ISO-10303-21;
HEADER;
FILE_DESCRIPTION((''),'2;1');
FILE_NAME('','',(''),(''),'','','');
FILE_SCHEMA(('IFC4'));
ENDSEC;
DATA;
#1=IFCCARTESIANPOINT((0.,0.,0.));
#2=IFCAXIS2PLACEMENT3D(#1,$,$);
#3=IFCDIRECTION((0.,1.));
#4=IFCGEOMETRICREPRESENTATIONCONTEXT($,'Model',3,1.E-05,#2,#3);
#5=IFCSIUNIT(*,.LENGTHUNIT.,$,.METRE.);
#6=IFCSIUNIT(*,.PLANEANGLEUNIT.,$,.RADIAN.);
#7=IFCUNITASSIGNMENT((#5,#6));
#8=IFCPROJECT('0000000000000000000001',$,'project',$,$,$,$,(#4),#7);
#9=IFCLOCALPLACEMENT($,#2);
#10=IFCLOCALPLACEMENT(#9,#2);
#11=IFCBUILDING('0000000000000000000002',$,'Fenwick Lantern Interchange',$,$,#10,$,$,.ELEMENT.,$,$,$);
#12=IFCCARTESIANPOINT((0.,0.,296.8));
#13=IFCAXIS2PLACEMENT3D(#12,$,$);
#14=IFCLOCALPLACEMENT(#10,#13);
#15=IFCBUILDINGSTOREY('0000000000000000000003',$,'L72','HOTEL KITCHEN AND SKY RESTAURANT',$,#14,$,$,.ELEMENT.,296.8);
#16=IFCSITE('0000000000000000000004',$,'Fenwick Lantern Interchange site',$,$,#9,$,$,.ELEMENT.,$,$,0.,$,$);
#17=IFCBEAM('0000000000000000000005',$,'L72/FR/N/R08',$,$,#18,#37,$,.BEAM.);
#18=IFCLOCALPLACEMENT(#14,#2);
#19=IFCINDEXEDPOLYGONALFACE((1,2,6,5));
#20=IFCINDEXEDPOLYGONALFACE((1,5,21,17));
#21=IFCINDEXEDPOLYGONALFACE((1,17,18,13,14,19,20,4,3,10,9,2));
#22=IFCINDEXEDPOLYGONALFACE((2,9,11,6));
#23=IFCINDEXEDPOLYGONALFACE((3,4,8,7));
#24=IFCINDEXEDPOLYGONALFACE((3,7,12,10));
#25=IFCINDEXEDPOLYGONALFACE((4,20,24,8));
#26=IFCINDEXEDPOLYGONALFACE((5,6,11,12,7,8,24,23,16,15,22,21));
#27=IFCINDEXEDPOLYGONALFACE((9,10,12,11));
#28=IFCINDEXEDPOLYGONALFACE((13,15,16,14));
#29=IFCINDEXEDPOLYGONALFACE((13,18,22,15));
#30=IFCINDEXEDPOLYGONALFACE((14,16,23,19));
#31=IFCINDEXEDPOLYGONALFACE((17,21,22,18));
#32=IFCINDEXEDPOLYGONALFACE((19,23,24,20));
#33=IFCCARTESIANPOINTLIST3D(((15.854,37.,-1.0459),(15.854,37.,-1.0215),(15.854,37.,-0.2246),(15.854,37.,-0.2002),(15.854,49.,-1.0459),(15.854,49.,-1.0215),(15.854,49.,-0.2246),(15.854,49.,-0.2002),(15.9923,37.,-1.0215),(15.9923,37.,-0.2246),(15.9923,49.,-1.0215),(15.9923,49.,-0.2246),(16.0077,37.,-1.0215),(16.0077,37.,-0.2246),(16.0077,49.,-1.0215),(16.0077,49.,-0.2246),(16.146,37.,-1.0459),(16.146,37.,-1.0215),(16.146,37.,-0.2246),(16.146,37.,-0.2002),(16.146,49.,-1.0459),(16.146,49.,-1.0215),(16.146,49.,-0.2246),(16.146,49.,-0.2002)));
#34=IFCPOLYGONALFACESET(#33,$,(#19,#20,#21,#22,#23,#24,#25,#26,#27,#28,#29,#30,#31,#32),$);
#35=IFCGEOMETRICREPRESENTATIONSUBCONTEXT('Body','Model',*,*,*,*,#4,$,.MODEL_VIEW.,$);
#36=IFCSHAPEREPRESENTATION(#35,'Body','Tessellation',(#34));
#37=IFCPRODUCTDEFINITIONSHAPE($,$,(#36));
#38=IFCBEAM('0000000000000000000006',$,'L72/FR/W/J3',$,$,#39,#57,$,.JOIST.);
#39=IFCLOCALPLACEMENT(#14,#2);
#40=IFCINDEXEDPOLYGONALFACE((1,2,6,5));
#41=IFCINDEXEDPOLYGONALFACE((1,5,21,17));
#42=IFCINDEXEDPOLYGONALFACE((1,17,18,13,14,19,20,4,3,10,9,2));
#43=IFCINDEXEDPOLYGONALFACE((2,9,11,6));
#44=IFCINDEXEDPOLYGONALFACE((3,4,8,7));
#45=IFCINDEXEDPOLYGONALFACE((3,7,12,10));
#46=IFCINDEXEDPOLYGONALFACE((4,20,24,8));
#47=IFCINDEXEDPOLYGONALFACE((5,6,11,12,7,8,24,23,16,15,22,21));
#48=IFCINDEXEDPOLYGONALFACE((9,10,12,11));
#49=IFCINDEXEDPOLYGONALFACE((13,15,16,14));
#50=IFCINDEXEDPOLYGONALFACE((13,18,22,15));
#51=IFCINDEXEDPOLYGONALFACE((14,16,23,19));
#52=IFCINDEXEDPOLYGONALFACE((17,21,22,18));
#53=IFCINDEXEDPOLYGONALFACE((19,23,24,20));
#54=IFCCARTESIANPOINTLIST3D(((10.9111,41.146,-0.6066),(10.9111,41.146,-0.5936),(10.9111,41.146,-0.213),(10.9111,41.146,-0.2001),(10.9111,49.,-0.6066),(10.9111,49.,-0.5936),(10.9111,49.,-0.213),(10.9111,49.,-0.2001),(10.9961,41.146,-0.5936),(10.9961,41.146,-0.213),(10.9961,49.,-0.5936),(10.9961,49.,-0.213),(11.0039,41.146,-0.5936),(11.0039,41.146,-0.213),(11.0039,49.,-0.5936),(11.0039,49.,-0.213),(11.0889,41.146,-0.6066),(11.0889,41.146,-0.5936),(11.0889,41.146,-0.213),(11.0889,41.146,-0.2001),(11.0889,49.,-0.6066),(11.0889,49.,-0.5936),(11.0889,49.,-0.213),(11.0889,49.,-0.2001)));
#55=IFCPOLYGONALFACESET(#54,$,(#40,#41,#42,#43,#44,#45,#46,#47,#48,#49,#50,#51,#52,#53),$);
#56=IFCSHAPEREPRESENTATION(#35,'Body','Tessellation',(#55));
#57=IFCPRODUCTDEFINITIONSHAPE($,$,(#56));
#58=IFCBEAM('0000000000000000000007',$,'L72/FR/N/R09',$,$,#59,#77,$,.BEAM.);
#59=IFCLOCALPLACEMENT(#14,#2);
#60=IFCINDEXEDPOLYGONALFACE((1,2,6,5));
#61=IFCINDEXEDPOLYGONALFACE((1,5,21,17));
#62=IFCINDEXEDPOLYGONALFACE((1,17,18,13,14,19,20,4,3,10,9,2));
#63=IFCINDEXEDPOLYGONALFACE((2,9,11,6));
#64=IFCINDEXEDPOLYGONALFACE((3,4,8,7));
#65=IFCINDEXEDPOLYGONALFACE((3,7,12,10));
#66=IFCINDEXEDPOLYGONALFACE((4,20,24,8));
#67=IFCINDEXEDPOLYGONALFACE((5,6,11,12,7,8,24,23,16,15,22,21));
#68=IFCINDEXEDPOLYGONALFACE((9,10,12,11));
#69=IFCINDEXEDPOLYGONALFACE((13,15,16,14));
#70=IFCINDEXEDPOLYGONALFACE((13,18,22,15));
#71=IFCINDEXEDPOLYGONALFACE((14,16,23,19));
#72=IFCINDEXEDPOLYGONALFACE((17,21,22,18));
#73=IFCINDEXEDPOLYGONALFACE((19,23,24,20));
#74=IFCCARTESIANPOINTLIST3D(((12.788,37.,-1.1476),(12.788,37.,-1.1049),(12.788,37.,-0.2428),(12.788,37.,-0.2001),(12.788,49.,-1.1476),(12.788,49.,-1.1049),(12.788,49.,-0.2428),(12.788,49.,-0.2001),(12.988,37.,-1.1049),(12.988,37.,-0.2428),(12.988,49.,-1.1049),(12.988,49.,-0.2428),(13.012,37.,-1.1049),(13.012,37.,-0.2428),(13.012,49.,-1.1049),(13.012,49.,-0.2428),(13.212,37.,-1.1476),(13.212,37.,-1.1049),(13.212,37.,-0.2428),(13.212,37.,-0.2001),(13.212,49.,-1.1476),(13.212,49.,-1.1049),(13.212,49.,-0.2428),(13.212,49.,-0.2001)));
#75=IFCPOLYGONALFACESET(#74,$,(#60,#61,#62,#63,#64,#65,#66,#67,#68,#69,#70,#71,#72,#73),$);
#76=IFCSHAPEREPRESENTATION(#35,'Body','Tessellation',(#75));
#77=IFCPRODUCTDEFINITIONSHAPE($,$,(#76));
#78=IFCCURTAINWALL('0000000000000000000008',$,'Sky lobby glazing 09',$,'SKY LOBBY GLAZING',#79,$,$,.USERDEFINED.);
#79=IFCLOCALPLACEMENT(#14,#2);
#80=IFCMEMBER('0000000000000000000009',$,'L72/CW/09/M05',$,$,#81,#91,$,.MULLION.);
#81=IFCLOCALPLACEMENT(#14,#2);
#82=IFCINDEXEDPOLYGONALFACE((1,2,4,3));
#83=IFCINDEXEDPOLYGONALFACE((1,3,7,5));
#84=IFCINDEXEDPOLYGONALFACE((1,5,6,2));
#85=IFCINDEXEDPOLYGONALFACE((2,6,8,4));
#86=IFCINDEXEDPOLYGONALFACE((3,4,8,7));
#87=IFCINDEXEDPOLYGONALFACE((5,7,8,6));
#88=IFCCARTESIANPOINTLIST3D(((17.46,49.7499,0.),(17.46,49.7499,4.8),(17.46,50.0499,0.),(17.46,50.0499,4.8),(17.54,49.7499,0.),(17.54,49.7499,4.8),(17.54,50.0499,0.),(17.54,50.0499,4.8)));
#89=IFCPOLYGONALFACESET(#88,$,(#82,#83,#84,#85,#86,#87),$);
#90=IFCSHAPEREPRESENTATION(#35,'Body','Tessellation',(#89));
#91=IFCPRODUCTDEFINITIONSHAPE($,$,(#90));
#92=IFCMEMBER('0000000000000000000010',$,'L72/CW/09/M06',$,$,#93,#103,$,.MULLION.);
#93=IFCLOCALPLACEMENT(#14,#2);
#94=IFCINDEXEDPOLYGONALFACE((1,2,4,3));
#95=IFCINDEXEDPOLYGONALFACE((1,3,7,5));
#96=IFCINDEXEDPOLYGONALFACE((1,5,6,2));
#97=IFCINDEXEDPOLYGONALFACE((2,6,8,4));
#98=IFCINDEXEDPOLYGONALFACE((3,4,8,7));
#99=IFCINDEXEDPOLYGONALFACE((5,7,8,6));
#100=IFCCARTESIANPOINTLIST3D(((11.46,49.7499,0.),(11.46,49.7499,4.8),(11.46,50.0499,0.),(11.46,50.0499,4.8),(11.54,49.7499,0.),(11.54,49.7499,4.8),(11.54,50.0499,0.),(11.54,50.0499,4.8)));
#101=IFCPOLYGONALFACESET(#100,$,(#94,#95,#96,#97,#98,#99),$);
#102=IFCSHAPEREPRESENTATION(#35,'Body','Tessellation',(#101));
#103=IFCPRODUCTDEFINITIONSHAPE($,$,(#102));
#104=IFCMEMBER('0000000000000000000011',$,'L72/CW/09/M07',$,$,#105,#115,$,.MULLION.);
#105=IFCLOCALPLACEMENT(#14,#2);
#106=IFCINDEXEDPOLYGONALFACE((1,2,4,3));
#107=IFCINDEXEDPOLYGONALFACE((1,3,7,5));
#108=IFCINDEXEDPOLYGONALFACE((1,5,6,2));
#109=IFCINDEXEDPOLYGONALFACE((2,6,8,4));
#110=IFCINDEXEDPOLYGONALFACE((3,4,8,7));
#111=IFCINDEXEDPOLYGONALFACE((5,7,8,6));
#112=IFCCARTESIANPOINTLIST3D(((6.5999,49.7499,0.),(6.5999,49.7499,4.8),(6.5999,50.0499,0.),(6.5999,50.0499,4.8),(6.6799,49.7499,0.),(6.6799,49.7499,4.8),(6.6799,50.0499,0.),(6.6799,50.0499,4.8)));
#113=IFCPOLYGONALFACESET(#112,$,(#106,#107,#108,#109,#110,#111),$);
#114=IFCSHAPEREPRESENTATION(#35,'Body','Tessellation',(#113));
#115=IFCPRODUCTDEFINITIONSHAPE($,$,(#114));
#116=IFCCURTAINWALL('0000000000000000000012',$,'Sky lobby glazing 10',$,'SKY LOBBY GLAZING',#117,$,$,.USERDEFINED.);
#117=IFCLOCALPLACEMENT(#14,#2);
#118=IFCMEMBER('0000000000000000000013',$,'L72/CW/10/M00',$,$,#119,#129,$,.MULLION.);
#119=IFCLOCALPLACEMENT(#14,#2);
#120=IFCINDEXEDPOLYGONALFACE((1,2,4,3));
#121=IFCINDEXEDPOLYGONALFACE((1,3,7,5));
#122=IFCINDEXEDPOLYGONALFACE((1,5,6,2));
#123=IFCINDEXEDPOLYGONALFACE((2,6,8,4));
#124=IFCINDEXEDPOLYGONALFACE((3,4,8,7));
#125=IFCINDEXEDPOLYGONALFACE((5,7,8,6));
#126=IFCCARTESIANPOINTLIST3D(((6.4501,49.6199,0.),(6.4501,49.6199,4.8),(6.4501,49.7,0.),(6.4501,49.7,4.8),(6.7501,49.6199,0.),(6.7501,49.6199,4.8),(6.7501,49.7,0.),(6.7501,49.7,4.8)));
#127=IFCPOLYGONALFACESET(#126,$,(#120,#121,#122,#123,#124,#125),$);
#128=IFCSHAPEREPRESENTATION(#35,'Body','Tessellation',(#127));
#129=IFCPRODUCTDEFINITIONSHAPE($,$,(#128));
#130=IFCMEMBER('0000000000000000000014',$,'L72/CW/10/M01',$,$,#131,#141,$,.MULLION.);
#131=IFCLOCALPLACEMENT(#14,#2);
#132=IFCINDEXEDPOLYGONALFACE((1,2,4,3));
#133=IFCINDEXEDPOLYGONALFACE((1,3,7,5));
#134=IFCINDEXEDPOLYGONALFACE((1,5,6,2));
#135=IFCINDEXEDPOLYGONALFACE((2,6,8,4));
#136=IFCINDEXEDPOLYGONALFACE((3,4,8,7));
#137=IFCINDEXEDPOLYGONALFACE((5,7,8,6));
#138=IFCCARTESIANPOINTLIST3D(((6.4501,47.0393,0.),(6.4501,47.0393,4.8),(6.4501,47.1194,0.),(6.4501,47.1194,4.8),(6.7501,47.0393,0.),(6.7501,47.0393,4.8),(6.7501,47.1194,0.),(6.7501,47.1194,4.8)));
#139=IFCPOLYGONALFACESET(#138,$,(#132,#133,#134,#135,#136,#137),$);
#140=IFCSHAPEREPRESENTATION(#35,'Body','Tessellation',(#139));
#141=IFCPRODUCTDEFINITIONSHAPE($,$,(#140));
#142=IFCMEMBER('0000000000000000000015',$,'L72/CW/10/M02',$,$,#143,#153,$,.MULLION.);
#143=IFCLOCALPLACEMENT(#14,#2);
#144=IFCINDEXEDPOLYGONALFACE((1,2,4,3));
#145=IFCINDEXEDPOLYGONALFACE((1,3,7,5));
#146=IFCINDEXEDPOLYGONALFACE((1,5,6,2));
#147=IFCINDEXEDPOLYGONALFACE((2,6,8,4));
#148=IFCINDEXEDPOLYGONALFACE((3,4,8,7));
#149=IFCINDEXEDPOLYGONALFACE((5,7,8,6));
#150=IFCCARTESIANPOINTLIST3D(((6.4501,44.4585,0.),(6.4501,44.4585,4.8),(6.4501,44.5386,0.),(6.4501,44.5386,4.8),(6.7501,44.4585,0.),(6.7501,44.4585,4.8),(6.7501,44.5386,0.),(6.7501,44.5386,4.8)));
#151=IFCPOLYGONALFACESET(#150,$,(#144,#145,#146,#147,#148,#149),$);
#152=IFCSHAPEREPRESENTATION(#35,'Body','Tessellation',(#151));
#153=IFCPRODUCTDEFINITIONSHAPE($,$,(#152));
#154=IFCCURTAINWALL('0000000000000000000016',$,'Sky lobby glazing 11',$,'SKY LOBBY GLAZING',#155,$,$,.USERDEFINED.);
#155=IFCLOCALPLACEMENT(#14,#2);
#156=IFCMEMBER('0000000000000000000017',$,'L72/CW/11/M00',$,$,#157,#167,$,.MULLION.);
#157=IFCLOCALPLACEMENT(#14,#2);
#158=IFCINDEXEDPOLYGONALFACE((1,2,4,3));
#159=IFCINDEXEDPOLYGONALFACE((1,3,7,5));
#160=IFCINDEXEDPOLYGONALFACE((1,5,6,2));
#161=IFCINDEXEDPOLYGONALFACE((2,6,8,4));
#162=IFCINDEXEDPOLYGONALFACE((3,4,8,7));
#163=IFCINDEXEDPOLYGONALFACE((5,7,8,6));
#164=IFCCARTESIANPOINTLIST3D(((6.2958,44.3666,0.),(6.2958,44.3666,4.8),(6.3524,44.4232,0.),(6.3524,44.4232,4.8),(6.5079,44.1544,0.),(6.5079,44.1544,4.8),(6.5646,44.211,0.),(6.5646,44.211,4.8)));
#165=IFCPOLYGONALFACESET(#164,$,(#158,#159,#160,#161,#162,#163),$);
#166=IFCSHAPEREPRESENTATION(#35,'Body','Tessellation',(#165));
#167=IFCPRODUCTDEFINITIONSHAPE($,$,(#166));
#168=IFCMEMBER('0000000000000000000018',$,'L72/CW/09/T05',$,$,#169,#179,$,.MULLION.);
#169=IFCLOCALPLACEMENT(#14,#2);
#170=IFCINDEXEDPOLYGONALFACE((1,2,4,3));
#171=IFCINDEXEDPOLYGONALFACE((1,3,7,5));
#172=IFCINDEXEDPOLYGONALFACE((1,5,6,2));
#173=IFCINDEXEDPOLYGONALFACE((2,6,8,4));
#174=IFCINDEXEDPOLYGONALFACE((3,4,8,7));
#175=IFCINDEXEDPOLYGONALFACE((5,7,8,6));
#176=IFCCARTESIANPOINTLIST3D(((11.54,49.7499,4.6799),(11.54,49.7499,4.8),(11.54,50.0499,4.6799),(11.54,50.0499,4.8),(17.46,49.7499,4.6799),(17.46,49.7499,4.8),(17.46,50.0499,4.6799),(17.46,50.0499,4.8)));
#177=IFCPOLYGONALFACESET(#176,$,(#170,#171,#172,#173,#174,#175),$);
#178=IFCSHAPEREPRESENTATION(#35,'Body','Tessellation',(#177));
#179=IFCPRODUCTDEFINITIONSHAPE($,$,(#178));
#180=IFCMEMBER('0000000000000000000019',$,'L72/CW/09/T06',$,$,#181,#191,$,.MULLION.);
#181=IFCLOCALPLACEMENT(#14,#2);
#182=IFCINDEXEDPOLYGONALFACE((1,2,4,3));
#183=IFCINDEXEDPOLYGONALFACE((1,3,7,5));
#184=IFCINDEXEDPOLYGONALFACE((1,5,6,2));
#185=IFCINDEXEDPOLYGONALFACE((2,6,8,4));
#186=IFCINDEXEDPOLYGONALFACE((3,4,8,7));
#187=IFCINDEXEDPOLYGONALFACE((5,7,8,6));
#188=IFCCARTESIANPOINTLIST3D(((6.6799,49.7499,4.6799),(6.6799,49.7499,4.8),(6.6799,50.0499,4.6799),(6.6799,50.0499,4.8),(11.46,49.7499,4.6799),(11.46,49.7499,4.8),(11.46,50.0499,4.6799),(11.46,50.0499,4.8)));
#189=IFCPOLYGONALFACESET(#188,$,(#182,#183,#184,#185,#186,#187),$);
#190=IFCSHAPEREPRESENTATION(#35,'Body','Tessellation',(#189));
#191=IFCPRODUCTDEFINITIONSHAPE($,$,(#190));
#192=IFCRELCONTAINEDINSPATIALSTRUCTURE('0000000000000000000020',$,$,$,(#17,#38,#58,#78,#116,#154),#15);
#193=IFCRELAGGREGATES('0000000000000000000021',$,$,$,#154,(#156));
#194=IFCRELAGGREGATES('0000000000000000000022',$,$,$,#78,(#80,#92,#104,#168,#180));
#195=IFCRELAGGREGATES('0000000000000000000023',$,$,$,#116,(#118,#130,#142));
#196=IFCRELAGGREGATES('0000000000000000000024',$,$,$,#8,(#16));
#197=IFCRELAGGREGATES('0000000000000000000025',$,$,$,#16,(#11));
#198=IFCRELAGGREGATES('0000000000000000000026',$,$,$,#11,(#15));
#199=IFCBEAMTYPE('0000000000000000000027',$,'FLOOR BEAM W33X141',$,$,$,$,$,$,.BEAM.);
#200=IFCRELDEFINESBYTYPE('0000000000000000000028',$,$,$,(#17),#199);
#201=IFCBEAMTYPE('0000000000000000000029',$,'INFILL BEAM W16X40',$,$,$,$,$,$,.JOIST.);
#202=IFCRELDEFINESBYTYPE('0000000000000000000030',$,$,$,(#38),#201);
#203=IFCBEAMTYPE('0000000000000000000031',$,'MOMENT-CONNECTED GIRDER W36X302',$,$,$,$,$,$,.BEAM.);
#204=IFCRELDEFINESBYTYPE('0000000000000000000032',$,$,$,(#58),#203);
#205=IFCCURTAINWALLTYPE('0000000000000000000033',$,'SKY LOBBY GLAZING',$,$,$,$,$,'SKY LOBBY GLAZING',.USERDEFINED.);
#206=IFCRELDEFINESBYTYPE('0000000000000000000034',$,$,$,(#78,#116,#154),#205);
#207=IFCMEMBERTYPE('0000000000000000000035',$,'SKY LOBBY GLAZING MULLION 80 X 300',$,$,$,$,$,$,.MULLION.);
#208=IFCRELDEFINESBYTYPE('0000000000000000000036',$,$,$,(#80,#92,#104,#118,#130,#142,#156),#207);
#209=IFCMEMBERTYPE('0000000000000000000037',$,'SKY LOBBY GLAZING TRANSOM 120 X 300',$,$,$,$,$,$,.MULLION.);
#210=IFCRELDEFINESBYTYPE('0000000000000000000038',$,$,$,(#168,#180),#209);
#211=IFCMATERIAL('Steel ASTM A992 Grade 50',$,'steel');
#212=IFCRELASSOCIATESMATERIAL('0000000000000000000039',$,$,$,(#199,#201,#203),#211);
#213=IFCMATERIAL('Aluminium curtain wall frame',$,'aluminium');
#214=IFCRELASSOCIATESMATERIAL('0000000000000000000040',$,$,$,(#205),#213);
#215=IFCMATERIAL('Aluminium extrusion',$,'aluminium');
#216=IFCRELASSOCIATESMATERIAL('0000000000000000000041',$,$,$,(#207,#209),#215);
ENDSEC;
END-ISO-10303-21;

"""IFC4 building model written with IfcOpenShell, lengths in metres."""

from ifc_helpers import new_model, si_unit, direction, frame, origin, origin_2d, place, context, subcontext, project, spatial, rectangle, i_section, extrude, material, material_profile, profile_set, type_object, element, aggregate, save


model = new_model("IFC4")

# Units and contexts
model_context = context("Model", 3, precision=1e-05, world=origin(), true_north=direction((0.0, 1.0)))
body_context = subcontext(model_context, "Body", "Model", "MODEL_VIEW")
ifc_project = project(units=[si_unit("LENGTHUNIT", "METRE"), si_unit("PLANEANGLEUNIT", "RADIAN")], contexts=[model_context])

# Site, building, storey
site_placement = place(None, origin())
site = spatial("IfcSite", under=ifc_project, at=site_placement, Name="Fenwick Lantern Interchange site", CompositionType="ELEMENT", RefElevation=0.0)
building_placement = place(site_placement, origin())
building = spatial("IfcBuilding", under=site, at=building_placement, Name="Fenwick Lantern Interchange", CompositionType="ELEMENT")
storey_placement = place(building_placement, frame((0.0, 0.0, 296.8)))
storey = spatial("IfcBuildingStorey", under=building, at=storey_placement, Name="L72", Description="HOTEL KITCHEN AND SKY RESTAURANT", CompositionType="ELEMENT", Elevation=296.8)

# Shared definitions
ifc_material_1 = material(Name="Steel ASTM A992 Grade 50", Category="steel")

# Beams
ifc_material_profile_1 = material_profile(ifc_material_1, i_section(OverallWidth=0.292, OverallDepth=0.8457, WebThickness=0.0154, FlangeThickness=0.0244, at=origin_2d()), Name="W33X141")
ifc_profile_set_1 = profile_set([ifc_material_profile_1], Name="Steel ASTM A992 Grade 50")
beam_type_1 = type_object("IfcBeamType", Name="FLOOR BEAM W33X141", PredefinedType="BEAM", material=ifc_profile_set_1)
for number, where, z_axis, x_axis, name in (
    (1, (16.0, 49.0, -0.623), (0.0, -1.0, 0.0), (1.0, 0.0, 0.0), "L72/FR/N/R08"),
):
    element("IfcBeam", number, at=place(storey_placement, frame(where, z_axis=z_axis, x_axis=x_axis)), inside=storey, type_object=beam_type_1, Name=name, PredefinedType="BEAM", context=body_context, shape_type="SweptSolid", body=[
        extrude(i_section(OverallWidth=0.292, OverallDepth=0.8457, WebThickness=0.0154, FlangeThickness=0.0244, at=origin_2d()), origin(), (0.0, 0.0, 1.0), 12.0),
    ])
ifc_material_profile_2 = material_profile(ifc_material_1, i_section(OverallWidth=0.1777, OverallDepth=0.4065, WebThickness=0.0078, FlangeThickness=0.0129, at=origin_2d()), Name="W16X40")
ifc_profile_set_2 = profile_set([ifc_material_profile_2], Name="Steel ASTM A992 Grade 50")
beam_type_2 = type_object("IfcBeamType", Name="INFILL BEAM W16X40", PredefinedType="JOIST", material=ifc_profile_set_2)
beam_1_placement = place(storey_placement, frame((11.0, 49.0, -0.4033), z_axis=(0.0, -1.0, 0.0), x_axis=(1.0, 0.0, 0.0)))
element("IfcBeam", 2, at=beam_1_placement, inside=storey, type_object=beam_type_2, Name="L72/FR/W/J3", PredefinedType="JOIST", context=body_context, shape_type="SweptSolid", body=[
    extrude(i_section(OverallWidth=0.1777, OverallDepth=0.4065, WebThickness=0.0078, FlangeThickness=0.0129, at=origin_2d()), origin(), (0.0, 0.0, 1.0), 7.854),
])
ifc_material_profile_3 = material_profile(ifc_material_1, i_section(OverallWidth=0.4241, OverallDepth=0.9475, WebThickness=0.0239, FlangeThickness=0.0427, at=origin_2d()), Name="W36X302")
ifc_profile_set_3 = profile_set([ifc_material_profile_3], Name="Steel ASTM A992 Grade 50")
beam_type_3 = type_object("IfcBeamType", Name="MOMENT-CONNECTED GIRDER W36X302", PredefinedType="BEAM", material=ifc_profile_set_3)
beam_2_placement = place(storey_placement, frame((13.0, 49.0, -0.6738), z_axis=(0.0, -1.0, 0.0), x_axis=(1.0, 0.0, 0.0)))
element("IfcBeam", 3, at=beam_2_placement, inside=storey, type_object=beam_type_3, Name="L72/FR/N/R09", PredefinedType="BEAM", context=body_context, shape_type="SweptSolid", body=[
    extrude(i_section(OverallWidth=0.4241, OverallDepth=0.9475, WebThickness=0.0239, FlangeThickness=0.0427, at=origin_2d()), origin(), (0.0, 0.0, 1.0), 12.0),
])

# Curtain walls, members
ifc_material_2 = material(Name="Aluminium curtain wall frame", Category="aluminium")
curtain_wall_type = type_object("IfcCurtainWallType", Name="SKY LOBBY GLAZING", ElementType="SKY LOBBY GLAZING", PredefinedType="USERDEFINED", material=ifc_material_2)
curtain_wall_1_placement = place(storey_placement, origin())
curtain_wall_1 = element("IfcCurtainWall", 4, at=curtain_wall_1_placement, inside=storey, type_object=curtain_wall_type, Name="Sky lobby glazing 09", ObjectType="SKY LOBBY GLAZING", PredefinedType="USERDEFINED")
ifc_material_3 = material(Name="Aluminium extrusion", Category="aluminium")
ifc_material_profile_4 = material_profile(ifc_material_3, rectangle(XDim=0.3, YDim=0.0801, at=origin_2d()), Name="SKY LOBBY GLAZING MULLION 80 X 300")
ifc_profile_set_4 = profile_set([ifc_material_profile_4], Name="Aluminium extrusion")
member_type_1 = type_object("IfcMemberType", Name="SKY LOBBY GLAZING MULLION 80 X 300", PredefinedType="MULLION", material=ifc_profile_set_4)
member_1_placement = place(storey_placement, frame((17.5, 49.8999, 0.0), z_axis=(0.0, 0.0, 1.0), x_axis=(0.0, -1.0, 0.0)))
member_1 = element("IfcMember", 5, at=member_1_placement, type_object=member_type_1, Name="L72/CW/09/M05", PredefinedType="MULLION", context=body_context, shape_type="SweptSolid", body=[
    extrude(rectangle(XDim=0.3, YDim=0.0801, at=origin_2d()), origin(), (0.0, 0.0, 1.0), 4.8),
])
member_2_placement = place(storey_placement, frame((11.5, 49.8999, 0.0), z_axis=(0.0, 0.0, 1.0), x_axis=(0.0, -1.0, 0.0)))
member_2 = element("IfcMember", 6, at=member_2_placement, type_object=member_type_1, Name="L72/CW/09/M06", PredefinedType="MULLION", context=body_context, shape_type="SweptSolid", body=[
    extrude(rectangle(XDim=0.3, YDim=0.0801, at=origin_2d()), origin(), (0.0, 0.0, 1.0), 4.8),
])
member_3_placement = place(storey_placement, frame((6.6399, 49.8999, 0.0), z_axis=(0.0, 0.0, 1.0), x_axis=(0.0, -1.0, 0.0)))
member_3 = element("IfcMember", 7, at=member_3_placement, type_object=member_type_1, Name="L72/CW/09/M07", PredefinedType="MULLION", context=body_context, shape_type="SweptSolid", body=[
    extrude(rectangle(XDim=0.3, YDim=0.0801, at=origin_2d()), origin(), (0.0, 0.0, 1.0), 4.8),
])
curtain_wall_2_placement = place(storey_placement, origin())
curtain_wall_2 = element("IfcCurtainWall", 8, at=curtain_wall_2_placement, inside=storey, type_object=curtain_wall_type, Name="Sky lobby glazing 10", ObjectType="SKY LOBBY GLAZING", PredefinedType="USERDEFINED")
member_4_placement = place(storey_placement, frame((6.6001, 49.6599, 0.0), z_axis=(0.0, 0.0, 1.0), x_axis=(1.0, 0.0, 0.0)))
member_4 = element("IfcMember", 9, at=member_4_placement, type_object=member_type_1, Name="L72/CW/10/M00", PredefinedType="MULLION", context=body_context, shape_type="SweptSolid", body=[
    extrude(rectangle(XDim=0.3, YDim=0.0801, at=origin_2d()), origin(), (0.0, 0.0, 1.0), 4.8),
])
member_5_placement = place(storey_placement, frame((6.6001, 47.0793, 0.0), z_axis=(0.0, 0.0, 1.0), x_axis=(1.0, 0.0, 0.0)))
member_5 = element("IfcMember", 10, at=member_5_placement, type_object=member_type_1, Name="L72/CW/10/M01", PredefinedType="MULLION", context=body_context, shape_type="SweptSolid", body=[
    extrude(rectangle(XDim=0.3, YDim=0.0801, at=origin_2d()), origin(), (0.0, 0.0, 1.0), 4.8),
])
member_6_placement = place(storey_placement, frame((6.6001, 44.4985, 0.0), z_axis=(0.0, 0.0, 1.0), x_axis=(1.0, 0.0, 0.0)))
member_6 = element("IfcMember", 11, at=member_6_placement, type_object=member_type_1, Name="L72/CW/10/M02", PredefinedType="MULLION", context=body_context, shape_type="SweptSolid", body=[
    extrude(rectangle(XDim=0.3, YDim=0.0801, at=origin_2d()), origin(), (0.0, 0.0, 1.0), 4.8),
])

# Curtain wall, member
curtain_wall_3_placement = place(storey_placement, origin())
curtain_wall_3 = element("IfcCurtainWall", 12, at=curtain_wall_3_placement, inside=storey, type_object=curtain_wall_type, Name="Sky lobby glazing 11", ObjectType="SKY LOBBY GLAZING", PredefinedType="USERDEFINED")
member_7_placement = place(storey_placement, frame((6.4302, 44.2888, 0.0), z_axis=(0.0, 0.0, 1.0), x_axis=(0.707107, -0.707107, 0.0)))
member_7 = element("IfcMember", 13, at=member_7_placement, type_object=member_type_1, Name="L72/CW/11/M00", PredefinedType="MULLION", context=body_context, shape_type="SweptSolid", body=[
    extrude(rectangle(XDim=0.3, YDim=0.0801, at=origin_2d()), origin(), (0.0, 0.0, 1.0), 4.8),
])
aggregate(curtain_wall_3, [member_7])

# Members
ifc_material_profile_5 = material_profile(ifc_material_3, rectangle(XDim=0.3, YDim=0.1201, at=origin_2d()), Name="SKY LOBBY GLAZING TRANSOM 120 X 300")
ifc_profile_set_5 = profile_set([ifc_material_profile_5], Name="Aluminium extrusion")
member_type_2 = type_object("IfcMemberType", Name="SKY LOBBY GLAZING TRANSOM 120 X 300", PredefinedType="MULLION", material=ifc_profile_set_5)
member_8_placement = place(storey_placement, frame((17.46, 49.8999, 4.74), z_axis=(-1.0, 0.0, 0.0), x_axis=(0.0, -1.0, 0.0)))
member_8 = element("IfcMember", 14, at=member_8_placement, type_object=member_type_2, Name="L72/CW/09/T05", PredefinedType="MULLION", context=body_context, shape_type="SweptSolid", body=[
    extrude(rectangle(XDim=0.3, YDim=0.1201, at=origin_2d()), origin(), (0.0, 0.0, 1.0), 5.9199),
])
member_9_placement = place(storey_placement, frame((11.46, 49.8999, 4.74), z_axis=(-1.0, 0.0, 0.0), x_axis=(0.0, -1.0, 0.0)))
member_9 = element("IfcMember", 15, at=member_9_placement, type_object=member_type_2, Name="L72/CW/09/T06", PredefinedType="MULLION", context=body_context, shape_type="SweptSolid", body=[
    extrude(rectangle(XDim=0.3, YDim=0.1201, at=origin_2d()), origin(), (0.0, 0.0, 1.0), 4.78),
])
aggregate(curtain_wall_1, [member_1, member_2, member_3, member_8, member_9])

aggregate(curtain_wall_2, [member_4, member_5, member_6])

save(model, "model.ifc")
